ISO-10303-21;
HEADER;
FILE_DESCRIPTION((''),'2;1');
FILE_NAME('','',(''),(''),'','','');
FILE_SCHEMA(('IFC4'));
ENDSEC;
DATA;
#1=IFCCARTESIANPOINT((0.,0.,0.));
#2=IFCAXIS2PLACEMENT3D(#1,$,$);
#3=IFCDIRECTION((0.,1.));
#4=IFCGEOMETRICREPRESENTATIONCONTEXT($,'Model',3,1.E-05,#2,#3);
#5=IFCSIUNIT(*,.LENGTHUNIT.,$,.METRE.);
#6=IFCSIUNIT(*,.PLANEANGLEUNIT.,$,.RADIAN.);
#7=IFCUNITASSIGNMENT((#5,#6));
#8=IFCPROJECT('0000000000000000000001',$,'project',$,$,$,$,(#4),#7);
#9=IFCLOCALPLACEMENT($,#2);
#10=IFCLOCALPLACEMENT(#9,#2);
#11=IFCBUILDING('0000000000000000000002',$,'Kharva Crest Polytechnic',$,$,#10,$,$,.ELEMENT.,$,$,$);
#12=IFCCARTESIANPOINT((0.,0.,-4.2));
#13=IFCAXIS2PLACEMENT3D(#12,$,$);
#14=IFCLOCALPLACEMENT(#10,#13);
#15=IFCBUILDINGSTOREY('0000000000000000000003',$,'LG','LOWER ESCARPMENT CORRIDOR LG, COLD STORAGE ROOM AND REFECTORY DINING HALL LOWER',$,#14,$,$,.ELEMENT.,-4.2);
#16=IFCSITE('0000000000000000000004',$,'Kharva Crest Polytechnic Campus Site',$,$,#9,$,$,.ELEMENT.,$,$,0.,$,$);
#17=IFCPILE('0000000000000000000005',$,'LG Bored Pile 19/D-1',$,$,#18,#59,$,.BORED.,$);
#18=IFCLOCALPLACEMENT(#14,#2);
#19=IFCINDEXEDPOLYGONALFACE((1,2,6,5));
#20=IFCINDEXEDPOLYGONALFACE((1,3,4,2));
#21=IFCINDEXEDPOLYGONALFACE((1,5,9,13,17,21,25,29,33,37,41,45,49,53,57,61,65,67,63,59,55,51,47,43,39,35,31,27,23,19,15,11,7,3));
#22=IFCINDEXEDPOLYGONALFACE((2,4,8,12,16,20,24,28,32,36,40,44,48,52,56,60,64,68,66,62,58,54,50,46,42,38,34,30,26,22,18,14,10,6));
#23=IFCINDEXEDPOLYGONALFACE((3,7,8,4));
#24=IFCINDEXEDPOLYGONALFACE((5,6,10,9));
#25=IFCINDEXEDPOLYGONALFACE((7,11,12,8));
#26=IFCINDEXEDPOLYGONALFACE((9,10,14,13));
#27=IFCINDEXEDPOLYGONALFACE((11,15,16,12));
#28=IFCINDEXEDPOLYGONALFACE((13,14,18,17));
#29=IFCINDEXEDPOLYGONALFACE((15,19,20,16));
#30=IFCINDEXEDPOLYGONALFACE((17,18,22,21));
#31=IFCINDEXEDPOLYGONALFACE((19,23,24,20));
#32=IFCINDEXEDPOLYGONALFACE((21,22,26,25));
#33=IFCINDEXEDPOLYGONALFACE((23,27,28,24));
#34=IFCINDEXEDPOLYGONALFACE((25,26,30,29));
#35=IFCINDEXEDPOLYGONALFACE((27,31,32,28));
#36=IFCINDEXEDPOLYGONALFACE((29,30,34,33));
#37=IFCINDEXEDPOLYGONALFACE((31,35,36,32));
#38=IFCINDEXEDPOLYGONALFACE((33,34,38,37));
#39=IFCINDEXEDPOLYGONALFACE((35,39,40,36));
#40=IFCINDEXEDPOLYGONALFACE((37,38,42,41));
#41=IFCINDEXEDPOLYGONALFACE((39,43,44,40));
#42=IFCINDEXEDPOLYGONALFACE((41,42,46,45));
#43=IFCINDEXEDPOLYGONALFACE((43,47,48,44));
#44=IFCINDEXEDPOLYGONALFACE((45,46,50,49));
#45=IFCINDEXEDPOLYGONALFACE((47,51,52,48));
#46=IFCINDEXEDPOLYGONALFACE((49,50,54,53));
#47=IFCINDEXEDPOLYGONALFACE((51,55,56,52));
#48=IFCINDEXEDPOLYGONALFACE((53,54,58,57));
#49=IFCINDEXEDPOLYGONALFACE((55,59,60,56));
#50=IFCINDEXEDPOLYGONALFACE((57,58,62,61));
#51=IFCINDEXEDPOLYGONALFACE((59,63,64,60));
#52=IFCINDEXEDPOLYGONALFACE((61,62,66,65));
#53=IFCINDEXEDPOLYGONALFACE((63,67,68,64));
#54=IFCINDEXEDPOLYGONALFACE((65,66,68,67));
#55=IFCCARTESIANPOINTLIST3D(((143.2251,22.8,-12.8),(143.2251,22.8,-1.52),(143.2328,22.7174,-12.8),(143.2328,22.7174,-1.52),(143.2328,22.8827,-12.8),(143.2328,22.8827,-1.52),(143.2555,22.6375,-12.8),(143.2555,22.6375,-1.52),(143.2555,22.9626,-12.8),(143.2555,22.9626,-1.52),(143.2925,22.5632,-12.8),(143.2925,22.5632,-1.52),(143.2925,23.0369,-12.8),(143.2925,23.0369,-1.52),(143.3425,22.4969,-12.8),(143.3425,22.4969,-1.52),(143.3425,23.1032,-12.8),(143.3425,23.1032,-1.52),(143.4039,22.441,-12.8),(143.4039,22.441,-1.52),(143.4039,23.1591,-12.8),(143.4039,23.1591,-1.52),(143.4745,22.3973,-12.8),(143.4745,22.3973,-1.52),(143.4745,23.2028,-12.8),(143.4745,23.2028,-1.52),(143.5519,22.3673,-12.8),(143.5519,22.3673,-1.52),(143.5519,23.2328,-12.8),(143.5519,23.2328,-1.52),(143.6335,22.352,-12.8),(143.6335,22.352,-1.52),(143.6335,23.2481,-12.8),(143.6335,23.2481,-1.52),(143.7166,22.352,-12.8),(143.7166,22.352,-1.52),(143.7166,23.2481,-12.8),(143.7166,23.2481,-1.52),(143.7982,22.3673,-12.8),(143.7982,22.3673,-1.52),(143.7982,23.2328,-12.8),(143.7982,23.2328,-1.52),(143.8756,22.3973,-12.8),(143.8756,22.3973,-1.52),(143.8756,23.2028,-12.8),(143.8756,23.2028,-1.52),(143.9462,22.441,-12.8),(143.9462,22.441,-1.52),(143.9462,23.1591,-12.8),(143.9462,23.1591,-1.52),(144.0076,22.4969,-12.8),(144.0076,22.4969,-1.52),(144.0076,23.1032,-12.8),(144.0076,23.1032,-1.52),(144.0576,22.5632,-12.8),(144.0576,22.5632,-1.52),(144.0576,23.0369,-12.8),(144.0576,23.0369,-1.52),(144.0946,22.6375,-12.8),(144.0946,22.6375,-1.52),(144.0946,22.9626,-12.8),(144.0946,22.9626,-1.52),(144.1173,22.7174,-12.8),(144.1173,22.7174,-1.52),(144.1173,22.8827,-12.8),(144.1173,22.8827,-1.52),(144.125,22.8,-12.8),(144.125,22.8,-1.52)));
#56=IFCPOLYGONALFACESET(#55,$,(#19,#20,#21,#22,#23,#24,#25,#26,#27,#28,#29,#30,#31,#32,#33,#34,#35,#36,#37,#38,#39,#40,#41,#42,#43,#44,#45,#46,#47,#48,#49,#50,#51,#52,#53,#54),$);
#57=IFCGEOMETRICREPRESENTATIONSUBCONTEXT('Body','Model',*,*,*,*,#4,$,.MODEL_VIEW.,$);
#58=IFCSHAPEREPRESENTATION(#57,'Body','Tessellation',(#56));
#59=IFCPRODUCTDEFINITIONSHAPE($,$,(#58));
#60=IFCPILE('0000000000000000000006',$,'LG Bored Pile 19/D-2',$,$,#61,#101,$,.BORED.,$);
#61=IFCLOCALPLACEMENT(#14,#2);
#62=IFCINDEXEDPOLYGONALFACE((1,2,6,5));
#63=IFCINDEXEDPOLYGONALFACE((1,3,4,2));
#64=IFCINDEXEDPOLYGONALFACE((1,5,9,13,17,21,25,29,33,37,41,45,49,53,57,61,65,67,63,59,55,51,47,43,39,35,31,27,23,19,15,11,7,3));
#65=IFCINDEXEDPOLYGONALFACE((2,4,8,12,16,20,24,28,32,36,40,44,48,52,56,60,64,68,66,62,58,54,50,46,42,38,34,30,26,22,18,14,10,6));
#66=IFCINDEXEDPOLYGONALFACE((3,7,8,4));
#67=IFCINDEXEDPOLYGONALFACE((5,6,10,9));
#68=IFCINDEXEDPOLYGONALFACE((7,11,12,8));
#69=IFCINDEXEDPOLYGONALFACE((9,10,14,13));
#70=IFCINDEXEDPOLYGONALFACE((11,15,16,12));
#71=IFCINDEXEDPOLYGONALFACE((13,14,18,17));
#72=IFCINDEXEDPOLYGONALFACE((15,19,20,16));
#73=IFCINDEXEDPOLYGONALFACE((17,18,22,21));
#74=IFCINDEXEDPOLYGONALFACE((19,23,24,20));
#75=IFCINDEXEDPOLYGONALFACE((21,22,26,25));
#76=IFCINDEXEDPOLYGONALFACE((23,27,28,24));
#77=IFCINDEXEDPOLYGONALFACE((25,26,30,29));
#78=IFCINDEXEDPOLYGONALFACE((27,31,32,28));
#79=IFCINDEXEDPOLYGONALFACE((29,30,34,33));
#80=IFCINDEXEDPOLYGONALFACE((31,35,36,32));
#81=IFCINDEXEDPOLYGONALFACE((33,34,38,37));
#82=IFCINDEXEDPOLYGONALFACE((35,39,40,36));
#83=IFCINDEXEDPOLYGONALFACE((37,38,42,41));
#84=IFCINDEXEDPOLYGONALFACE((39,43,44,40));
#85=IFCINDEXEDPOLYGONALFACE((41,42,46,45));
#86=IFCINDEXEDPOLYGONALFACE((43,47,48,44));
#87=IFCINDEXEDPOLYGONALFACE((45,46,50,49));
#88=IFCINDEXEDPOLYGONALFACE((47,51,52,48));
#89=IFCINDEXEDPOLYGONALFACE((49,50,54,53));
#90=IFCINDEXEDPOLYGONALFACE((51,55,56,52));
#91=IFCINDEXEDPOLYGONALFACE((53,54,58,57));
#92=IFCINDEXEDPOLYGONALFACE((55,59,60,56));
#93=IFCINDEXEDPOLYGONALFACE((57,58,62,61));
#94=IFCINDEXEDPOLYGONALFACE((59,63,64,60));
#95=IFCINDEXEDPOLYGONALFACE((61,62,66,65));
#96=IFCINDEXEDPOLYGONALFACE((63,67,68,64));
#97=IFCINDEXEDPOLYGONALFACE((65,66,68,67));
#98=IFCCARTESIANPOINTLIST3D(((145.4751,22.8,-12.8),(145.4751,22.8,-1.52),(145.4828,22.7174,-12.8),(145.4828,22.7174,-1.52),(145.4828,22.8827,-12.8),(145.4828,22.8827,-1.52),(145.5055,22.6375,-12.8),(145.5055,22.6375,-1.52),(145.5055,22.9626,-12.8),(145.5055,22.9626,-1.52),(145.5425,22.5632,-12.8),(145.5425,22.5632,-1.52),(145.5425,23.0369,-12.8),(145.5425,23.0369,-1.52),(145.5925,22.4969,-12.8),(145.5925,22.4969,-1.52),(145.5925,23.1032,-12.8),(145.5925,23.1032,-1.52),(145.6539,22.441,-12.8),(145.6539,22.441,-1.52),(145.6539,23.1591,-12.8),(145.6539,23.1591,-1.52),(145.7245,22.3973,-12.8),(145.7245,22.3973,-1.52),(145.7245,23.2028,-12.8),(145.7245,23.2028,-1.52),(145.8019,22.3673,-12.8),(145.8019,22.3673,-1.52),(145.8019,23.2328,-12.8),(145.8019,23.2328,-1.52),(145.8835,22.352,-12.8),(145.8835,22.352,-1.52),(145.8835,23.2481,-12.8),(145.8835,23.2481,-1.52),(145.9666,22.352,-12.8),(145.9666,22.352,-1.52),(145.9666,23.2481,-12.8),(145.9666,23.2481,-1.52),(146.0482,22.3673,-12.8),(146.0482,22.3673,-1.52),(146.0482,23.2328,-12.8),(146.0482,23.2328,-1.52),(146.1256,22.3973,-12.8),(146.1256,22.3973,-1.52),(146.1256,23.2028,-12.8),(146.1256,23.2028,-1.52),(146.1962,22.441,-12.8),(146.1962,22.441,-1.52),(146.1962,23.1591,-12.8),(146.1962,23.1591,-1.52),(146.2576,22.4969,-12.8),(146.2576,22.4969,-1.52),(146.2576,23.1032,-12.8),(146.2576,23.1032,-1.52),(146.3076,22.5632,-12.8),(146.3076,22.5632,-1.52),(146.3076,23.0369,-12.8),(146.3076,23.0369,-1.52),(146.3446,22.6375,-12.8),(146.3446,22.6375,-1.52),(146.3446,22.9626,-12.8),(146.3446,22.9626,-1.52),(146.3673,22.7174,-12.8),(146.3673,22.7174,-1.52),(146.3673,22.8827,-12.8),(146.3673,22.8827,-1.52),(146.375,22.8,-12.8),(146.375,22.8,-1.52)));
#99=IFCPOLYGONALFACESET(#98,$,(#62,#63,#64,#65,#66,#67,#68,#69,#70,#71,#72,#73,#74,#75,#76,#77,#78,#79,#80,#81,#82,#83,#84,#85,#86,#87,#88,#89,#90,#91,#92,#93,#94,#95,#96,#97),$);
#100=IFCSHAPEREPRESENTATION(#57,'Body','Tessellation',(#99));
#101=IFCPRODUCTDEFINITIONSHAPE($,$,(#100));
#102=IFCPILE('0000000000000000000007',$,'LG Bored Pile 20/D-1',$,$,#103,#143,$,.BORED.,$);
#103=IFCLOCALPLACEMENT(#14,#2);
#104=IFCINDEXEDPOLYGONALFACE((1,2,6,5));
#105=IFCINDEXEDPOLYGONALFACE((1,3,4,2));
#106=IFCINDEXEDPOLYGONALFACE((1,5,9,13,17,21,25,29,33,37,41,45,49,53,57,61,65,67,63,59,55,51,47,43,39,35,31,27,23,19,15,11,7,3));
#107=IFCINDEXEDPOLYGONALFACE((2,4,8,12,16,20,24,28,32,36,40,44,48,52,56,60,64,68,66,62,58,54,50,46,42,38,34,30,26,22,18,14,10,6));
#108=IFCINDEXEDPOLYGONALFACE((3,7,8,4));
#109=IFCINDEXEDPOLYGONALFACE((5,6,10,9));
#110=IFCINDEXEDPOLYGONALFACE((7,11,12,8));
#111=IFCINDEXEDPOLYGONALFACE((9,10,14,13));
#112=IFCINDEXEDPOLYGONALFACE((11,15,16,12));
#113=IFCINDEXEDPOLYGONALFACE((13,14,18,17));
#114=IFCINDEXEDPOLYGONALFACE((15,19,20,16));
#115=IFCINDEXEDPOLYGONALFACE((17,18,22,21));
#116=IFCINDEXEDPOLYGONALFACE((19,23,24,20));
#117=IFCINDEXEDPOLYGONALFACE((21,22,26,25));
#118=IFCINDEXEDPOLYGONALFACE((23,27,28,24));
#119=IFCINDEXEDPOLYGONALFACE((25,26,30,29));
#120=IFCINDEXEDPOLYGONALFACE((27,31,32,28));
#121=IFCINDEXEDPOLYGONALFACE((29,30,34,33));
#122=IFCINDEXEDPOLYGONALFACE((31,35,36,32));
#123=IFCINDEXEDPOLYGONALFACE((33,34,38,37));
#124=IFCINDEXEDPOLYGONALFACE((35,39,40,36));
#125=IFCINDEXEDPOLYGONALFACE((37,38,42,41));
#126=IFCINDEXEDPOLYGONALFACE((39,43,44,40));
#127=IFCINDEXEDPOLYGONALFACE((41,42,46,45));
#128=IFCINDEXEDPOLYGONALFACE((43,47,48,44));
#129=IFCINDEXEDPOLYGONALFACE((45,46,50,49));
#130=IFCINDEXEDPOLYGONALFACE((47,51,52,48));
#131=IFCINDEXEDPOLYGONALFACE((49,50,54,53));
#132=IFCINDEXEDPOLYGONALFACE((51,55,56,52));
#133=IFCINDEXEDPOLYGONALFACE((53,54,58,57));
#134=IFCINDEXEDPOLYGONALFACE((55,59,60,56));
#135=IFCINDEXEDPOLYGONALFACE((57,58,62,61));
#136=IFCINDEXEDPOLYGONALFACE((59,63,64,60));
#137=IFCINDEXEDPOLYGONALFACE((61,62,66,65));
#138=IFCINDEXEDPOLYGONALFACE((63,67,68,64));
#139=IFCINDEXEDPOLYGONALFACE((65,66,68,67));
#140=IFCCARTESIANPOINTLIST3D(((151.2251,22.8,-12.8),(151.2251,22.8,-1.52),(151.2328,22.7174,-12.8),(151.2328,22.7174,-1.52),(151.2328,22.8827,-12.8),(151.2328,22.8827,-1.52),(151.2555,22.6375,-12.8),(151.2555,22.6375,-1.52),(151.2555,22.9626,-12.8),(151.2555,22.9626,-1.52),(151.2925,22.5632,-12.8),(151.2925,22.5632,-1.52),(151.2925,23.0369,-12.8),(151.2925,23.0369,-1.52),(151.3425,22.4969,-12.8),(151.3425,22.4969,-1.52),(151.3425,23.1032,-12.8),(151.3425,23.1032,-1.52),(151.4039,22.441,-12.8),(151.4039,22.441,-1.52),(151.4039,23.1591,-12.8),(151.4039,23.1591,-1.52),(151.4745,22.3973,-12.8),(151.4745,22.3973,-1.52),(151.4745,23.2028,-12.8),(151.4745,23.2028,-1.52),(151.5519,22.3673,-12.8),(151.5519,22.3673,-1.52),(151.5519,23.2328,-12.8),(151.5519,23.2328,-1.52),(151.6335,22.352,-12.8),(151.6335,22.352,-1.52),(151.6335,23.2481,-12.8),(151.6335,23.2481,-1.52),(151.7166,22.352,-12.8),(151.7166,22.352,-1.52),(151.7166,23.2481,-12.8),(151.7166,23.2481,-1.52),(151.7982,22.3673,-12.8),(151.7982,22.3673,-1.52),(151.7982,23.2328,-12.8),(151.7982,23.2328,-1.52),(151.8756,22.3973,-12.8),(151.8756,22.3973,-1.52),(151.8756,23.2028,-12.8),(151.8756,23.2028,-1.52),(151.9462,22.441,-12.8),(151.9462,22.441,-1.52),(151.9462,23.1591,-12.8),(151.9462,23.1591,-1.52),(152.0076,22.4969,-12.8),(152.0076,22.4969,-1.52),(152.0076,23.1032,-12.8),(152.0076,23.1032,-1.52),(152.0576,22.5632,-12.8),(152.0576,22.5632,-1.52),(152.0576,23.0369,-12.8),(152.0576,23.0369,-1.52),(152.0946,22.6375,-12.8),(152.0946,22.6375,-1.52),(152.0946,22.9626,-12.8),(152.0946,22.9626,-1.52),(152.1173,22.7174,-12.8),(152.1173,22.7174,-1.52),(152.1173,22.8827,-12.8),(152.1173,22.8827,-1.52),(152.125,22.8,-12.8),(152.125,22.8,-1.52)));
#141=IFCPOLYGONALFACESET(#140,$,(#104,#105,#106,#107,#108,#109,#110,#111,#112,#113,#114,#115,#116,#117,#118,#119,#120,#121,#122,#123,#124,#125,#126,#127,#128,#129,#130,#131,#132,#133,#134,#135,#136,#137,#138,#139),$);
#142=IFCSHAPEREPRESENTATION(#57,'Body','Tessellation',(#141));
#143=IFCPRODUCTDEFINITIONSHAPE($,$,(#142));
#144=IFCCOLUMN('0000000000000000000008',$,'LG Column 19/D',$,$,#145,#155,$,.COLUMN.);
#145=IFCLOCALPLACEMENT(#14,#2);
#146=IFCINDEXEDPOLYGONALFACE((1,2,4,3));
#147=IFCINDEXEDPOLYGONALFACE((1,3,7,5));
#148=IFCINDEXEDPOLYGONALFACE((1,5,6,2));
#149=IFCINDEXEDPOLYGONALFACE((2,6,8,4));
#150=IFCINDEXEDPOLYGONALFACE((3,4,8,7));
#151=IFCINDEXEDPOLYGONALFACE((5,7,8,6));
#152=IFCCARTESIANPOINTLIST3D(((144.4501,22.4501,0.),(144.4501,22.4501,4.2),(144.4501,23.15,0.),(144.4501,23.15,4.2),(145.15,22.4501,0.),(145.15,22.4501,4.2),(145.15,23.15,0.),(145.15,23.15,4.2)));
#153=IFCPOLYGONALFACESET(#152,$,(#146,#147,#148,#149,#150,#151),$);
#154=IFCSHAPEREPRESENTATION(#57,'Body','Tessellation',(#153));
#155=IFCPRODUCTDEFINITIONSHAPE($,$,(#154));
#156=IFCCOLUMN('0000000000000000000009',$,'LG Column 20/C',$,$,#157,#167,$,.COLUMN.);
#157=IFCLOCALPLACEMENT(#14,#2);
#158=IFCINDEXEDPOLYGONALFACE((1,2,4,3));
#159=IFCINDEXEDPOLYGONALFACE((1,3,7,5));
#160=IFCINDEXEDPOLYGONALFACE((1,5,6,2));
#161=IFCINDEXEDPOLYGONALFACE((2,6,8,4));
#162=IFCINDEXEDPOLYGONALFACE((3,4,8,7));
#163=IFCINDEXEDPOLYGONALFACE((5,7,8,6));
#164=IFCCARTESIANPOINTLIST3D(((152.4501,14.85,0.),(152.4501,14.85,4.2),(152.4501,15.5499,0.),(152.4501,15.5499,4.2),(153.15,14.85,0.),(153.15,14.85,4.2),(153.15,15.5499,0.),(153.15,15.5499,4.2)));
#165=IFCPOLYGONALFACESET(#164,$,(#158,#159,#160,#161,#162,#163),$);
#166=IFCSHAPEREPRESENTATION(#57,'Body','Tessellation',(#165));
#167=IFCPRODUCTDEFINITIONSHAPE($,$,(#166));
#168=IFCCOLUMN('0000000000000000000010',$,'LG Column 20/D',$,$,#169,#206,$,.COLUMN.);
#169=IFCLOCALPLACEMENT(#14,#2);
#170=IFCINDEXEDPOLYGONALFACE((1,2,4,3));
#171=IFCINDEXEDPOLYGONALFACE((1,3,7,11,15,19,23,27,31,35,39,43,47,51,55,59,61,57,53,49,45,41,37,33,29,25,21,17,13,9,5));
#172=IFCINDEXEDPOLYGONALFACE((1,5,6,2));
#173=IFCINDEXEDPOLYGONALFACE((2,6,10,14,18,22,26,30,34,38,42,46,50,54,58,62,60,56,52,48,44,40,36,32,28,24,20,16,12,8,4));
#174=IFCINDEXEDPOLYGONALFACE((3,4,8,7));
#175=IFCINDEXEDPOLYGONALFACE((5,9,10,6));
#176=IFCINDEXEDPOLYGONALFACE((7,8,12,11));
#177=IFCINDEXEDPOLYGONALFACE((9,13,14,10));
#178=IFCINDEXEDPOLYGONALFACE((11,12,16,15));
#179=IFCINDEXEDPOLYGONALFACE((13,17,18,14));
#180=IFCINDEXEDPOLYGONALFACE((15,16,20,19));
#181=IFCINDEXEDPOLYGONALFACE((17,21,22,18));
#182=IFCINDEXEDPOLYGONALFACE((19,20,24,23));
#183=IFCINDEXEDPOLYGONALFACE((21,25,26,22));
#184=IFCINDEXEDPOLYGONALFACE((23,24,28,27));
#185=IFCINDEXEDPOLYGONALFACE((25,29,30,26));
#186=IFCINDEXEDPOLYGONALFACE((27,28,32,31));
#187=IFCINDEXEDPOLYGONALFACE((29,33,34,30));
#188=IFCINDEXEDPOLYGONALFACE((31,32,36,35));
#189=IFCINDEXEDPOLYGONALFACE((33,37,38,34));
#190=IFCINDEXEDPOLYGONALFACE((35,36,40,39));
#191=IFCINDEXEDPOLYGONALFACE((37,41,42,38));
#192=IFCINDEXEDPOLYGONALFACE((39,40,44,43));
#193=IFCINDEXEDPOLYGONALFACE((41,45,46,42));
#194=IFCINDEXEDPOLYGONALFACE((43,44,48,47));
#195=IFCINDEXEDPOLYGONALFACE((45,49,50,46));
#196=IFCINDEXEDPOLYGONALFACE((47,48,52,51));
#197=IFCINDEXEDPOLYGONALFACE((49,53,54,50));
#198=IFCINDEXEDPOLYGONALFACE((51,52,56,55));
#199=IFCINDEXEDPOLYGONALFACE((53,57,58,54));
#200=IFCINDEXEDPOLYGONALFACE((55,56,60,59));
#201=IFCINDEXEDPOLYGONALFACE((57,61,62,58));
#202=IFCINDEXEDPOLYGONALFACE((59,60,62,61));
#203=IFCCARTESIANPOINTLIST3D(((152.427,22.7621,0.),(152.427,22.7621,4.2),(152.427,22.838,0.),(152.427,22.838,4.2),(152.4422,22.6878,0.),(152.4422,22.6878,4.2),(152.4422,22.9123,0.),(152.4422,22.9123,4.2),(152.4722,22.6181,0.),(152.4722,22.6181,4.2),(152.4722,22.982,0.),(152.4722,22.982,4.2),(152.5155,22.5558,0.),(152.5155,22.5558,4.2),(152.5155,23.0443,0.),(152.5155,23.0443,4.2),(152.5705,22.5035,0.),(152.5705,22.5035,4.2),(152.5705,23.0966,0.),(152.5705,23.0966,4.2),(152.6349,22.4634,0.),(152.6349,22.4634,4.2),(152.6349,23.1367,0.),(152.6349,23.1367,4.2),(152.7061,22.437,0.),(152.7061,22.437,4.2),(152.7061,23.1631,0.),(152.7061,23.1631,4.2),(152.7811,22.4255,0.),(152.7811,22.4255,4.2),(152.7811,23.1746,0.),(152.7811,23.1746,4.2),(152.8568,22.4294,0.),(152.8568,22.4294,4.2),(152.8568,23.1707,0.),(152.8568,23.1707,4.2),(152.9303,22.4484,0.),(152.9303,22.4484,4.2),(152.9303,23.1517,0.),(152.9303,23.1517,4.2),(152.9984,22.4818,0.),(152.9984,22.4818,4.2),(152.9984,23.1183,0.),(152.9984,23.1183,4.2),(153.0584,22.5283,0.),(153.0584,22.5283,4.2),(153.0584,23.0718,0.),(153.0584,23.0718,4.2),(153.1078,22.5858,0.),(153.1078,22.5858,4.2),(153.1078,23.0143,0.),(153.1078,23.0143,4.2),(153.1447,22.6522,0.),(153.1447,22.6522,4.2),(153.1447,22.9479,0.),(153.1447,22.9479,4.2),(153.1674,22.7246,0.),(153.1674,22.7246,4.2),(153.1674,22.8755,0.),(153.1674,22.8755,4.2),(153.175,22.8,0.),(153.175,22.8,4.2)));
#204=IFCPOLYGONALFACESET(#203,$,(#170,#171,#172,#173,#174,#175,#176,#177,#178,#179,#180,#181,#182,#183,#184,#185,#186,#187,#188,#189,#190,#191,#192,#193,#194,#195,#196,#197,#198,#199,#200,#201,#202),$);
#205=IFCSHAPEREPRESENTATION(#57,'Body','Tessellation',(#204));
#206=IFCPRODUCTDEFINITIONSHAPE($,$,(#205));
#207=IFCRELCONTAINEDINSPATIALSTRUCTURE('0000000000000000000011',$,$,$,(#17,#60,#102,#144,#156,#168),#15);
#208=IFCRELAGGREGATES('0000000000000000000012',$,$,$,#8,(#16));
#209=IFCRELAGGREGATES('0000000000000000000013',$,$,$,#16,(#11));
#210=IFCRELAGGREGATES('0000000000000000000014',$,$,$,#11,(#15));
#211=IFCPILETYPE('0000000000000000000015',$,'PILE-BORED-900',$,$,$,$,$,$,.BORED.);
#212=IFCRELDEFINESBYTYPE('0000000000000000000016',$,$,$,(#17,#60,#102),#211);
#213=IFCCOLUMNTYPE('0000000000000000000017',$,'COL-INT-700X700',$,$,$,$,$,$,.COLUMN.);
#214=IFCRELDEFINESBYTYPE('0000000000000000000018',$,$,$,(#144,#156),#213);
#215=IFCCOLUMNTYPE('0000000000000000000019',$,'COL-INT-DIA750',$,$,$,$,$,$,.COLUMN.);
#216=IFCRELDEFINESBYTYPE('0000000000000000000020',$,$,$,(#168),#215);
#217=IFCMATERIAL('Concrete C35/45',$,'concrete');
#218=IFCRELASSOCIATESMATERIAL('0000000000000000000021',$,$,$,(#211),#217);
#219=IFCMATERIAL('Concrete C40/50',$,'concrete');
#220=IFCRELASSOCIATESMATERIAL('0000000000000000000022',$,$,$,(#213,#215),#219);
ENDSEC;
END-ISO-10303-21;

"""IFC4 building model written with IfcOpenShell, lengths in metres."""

from ifc_helpers import new_model, si_unit, direction, frame, origin, origin_2d, place, context, subcontext, project, spatial, rectangle, circle, extrude, material, material_profile, profile_set, type_object, element, save


model = new_model("IFC4")

# Units and contexts
model_context = context("Model", 3, precision=1e-05, world=origin(), true_north=direction((0.0, 1.0)))
body_context = subcontext(model_context, "Body", "Model", "MODEL_VIEW")
ifc_project = project(units=[si_unit("LENGTHUNIT", "METRE"), si_unit("PLANEANGLEUNIT", "RADIAN")], contexts=[model_context])

# Site, building, storey
site_placement = place(None, origin())
site = spatial("IfcSite", under=ifc_project, at=site_placement, Name="Kharva Crest Polytechnic Campus Site", CompositionType="ELEMENT", RefElevation=0.0)
building_placement = place(site_placement, origin())
building = spatial("IfcBuilding", under=site, at=building_placement, Name="Kharva Crest Polytechnic", CompositionType="ELEMENT")
storey_placement = place(building_placement, frame((0.0, 0.0, -4.2)))
storey = spatial("IfcBuildingStorey", under=building, at=storey_placement, Name="LG", Description="LOWER ESCARPMENT CORRIDOR LG, COLD STORAGE ROOM AND REFECTORY DINING HALL LOWER", CompositionType="ELEMENT", Elevation=-4.2)

# Shared definitions
ifc_material_1 = material(Name="Concrete C35/45", Category="concrete")

# Piles
ifc_material_profile_1 = material_profile(ifc_material_1, circle(Radius=0.45, at=origin_2d()), Name="DIA 900")
ifc_profile_set_1 = profile_set([ifc_material_profile_1], Name="Concrete C35/45")
pile_type_1 = type_object("IfcPileType", Name="PILE-BORED-900", PredefinedType="BORED", material=ifc_profile_set_1)
for number, where, z_axis, x_axis, name in (
    (1, (143.675, 22.8, -1.52), (0.0, 0.0, -1.0), (1.0, 0.0, 0.0), "LG Bored Pile 19/D-1"),
    (2, (145.925, 22.8, -1.52), (0.0, 0.0, -1.0), (1.0, 0.0, 0.0), "LG Bored Pile 19/D-2"),
    (3, (151.675, 22.8, -1.52), (0.0, 0.0, -1.0), (1.0, 0.0, 0.0), "LG Bored Pile 20/D-1"),
):
    element("IfcPile", number, at=place(storey_placement, frame(where, z_axis=z_axis, x_axis=x_axis)), inside=storey, type_object=pile_type_1, Name=name, PredefinedType="BORED", context=body_context, shape_type="SweptSolid", body=[
        extrude(circle(Radius=0.45, at=origin_2d()), origin(), (0.0, 0.0, 1.0), 11.28),
    ])

# Columns
ifc_material_2 = material(Name="Concrete C40/50", Category="concrete")
ifc_material_profile_2 = material_profile(ifc_material_2, rectangle(XDim=0.7, YDim=0.7, at=origin_2d()), Name="RECT 700 X 700")
ifc_profile_set_2 = profile_set([ifc_material_profile_2], Name="Concrete C40/50")
column_type_1 = type_object("IfcColumnType", Name="COL-INT-700X700", PredefinedType="COLUMN", material=ifc_profile_set_2)
for number, where, z_axis, x_axis, name in (
    (4, (144.8, 22.8, 0.0), (0.0, 0.0, 1.0), (1.0, 0.0, 0.0), "LG Column 19/D"),
    (5, (152.8, 15.2, 0.0), (0.0, 0.0, 1.0), (1.0, 0.0, 0.0), "LG Column 20/C"),
):
    element("IfcColumn", number, at=place(storey_placement, frame(where, z_axis=z_axis, x_axis=x_axis)), inside=storey, type_object=column_type_1, Name=name, PredefinedType="COLUMN", context=body_context, shape_type="SweptSolid", body=[
        extrude(rectangle(XDim=0.7, YDim=0.7, at=origin_2d()), origin(), (0.0, 0.0, 1.0), 4.2),
    ])
ifc_material_profile_3 = material_profile(ifc_material_2, circle(Radius=0.375, at=origin_2d()), Name="DIA 750")
ifc_profile_set_3 = profile_set([ifc_material_profile_3], Name="Concrete C40/50")
column_type_2 = type_object("IfcColumnType", Name="COL-INT-DIA750", PredefinedType="COLUMN", material=ifc_profile_set_3)
column_placement = place(storey_placement, frame((152.8, 22.8, 0.0), z_axis=(0.0, 0.0, 1.0), x_axis=(1.0, 0.0, 0.0)))
element("IfcColumn", 6, at=column_placement, inside=storey, type_object=column_type_2, Name="LG Column 20/D", PredefinedType="COLUMN", context=body_context, shape_type="SweptSolid", body=[
    extrude(circle(Radius=0.375, at=origin_2d()), origin(), (0.0, 0.0, 1.0), 4.2),
])

save(model, "model.ifc")
